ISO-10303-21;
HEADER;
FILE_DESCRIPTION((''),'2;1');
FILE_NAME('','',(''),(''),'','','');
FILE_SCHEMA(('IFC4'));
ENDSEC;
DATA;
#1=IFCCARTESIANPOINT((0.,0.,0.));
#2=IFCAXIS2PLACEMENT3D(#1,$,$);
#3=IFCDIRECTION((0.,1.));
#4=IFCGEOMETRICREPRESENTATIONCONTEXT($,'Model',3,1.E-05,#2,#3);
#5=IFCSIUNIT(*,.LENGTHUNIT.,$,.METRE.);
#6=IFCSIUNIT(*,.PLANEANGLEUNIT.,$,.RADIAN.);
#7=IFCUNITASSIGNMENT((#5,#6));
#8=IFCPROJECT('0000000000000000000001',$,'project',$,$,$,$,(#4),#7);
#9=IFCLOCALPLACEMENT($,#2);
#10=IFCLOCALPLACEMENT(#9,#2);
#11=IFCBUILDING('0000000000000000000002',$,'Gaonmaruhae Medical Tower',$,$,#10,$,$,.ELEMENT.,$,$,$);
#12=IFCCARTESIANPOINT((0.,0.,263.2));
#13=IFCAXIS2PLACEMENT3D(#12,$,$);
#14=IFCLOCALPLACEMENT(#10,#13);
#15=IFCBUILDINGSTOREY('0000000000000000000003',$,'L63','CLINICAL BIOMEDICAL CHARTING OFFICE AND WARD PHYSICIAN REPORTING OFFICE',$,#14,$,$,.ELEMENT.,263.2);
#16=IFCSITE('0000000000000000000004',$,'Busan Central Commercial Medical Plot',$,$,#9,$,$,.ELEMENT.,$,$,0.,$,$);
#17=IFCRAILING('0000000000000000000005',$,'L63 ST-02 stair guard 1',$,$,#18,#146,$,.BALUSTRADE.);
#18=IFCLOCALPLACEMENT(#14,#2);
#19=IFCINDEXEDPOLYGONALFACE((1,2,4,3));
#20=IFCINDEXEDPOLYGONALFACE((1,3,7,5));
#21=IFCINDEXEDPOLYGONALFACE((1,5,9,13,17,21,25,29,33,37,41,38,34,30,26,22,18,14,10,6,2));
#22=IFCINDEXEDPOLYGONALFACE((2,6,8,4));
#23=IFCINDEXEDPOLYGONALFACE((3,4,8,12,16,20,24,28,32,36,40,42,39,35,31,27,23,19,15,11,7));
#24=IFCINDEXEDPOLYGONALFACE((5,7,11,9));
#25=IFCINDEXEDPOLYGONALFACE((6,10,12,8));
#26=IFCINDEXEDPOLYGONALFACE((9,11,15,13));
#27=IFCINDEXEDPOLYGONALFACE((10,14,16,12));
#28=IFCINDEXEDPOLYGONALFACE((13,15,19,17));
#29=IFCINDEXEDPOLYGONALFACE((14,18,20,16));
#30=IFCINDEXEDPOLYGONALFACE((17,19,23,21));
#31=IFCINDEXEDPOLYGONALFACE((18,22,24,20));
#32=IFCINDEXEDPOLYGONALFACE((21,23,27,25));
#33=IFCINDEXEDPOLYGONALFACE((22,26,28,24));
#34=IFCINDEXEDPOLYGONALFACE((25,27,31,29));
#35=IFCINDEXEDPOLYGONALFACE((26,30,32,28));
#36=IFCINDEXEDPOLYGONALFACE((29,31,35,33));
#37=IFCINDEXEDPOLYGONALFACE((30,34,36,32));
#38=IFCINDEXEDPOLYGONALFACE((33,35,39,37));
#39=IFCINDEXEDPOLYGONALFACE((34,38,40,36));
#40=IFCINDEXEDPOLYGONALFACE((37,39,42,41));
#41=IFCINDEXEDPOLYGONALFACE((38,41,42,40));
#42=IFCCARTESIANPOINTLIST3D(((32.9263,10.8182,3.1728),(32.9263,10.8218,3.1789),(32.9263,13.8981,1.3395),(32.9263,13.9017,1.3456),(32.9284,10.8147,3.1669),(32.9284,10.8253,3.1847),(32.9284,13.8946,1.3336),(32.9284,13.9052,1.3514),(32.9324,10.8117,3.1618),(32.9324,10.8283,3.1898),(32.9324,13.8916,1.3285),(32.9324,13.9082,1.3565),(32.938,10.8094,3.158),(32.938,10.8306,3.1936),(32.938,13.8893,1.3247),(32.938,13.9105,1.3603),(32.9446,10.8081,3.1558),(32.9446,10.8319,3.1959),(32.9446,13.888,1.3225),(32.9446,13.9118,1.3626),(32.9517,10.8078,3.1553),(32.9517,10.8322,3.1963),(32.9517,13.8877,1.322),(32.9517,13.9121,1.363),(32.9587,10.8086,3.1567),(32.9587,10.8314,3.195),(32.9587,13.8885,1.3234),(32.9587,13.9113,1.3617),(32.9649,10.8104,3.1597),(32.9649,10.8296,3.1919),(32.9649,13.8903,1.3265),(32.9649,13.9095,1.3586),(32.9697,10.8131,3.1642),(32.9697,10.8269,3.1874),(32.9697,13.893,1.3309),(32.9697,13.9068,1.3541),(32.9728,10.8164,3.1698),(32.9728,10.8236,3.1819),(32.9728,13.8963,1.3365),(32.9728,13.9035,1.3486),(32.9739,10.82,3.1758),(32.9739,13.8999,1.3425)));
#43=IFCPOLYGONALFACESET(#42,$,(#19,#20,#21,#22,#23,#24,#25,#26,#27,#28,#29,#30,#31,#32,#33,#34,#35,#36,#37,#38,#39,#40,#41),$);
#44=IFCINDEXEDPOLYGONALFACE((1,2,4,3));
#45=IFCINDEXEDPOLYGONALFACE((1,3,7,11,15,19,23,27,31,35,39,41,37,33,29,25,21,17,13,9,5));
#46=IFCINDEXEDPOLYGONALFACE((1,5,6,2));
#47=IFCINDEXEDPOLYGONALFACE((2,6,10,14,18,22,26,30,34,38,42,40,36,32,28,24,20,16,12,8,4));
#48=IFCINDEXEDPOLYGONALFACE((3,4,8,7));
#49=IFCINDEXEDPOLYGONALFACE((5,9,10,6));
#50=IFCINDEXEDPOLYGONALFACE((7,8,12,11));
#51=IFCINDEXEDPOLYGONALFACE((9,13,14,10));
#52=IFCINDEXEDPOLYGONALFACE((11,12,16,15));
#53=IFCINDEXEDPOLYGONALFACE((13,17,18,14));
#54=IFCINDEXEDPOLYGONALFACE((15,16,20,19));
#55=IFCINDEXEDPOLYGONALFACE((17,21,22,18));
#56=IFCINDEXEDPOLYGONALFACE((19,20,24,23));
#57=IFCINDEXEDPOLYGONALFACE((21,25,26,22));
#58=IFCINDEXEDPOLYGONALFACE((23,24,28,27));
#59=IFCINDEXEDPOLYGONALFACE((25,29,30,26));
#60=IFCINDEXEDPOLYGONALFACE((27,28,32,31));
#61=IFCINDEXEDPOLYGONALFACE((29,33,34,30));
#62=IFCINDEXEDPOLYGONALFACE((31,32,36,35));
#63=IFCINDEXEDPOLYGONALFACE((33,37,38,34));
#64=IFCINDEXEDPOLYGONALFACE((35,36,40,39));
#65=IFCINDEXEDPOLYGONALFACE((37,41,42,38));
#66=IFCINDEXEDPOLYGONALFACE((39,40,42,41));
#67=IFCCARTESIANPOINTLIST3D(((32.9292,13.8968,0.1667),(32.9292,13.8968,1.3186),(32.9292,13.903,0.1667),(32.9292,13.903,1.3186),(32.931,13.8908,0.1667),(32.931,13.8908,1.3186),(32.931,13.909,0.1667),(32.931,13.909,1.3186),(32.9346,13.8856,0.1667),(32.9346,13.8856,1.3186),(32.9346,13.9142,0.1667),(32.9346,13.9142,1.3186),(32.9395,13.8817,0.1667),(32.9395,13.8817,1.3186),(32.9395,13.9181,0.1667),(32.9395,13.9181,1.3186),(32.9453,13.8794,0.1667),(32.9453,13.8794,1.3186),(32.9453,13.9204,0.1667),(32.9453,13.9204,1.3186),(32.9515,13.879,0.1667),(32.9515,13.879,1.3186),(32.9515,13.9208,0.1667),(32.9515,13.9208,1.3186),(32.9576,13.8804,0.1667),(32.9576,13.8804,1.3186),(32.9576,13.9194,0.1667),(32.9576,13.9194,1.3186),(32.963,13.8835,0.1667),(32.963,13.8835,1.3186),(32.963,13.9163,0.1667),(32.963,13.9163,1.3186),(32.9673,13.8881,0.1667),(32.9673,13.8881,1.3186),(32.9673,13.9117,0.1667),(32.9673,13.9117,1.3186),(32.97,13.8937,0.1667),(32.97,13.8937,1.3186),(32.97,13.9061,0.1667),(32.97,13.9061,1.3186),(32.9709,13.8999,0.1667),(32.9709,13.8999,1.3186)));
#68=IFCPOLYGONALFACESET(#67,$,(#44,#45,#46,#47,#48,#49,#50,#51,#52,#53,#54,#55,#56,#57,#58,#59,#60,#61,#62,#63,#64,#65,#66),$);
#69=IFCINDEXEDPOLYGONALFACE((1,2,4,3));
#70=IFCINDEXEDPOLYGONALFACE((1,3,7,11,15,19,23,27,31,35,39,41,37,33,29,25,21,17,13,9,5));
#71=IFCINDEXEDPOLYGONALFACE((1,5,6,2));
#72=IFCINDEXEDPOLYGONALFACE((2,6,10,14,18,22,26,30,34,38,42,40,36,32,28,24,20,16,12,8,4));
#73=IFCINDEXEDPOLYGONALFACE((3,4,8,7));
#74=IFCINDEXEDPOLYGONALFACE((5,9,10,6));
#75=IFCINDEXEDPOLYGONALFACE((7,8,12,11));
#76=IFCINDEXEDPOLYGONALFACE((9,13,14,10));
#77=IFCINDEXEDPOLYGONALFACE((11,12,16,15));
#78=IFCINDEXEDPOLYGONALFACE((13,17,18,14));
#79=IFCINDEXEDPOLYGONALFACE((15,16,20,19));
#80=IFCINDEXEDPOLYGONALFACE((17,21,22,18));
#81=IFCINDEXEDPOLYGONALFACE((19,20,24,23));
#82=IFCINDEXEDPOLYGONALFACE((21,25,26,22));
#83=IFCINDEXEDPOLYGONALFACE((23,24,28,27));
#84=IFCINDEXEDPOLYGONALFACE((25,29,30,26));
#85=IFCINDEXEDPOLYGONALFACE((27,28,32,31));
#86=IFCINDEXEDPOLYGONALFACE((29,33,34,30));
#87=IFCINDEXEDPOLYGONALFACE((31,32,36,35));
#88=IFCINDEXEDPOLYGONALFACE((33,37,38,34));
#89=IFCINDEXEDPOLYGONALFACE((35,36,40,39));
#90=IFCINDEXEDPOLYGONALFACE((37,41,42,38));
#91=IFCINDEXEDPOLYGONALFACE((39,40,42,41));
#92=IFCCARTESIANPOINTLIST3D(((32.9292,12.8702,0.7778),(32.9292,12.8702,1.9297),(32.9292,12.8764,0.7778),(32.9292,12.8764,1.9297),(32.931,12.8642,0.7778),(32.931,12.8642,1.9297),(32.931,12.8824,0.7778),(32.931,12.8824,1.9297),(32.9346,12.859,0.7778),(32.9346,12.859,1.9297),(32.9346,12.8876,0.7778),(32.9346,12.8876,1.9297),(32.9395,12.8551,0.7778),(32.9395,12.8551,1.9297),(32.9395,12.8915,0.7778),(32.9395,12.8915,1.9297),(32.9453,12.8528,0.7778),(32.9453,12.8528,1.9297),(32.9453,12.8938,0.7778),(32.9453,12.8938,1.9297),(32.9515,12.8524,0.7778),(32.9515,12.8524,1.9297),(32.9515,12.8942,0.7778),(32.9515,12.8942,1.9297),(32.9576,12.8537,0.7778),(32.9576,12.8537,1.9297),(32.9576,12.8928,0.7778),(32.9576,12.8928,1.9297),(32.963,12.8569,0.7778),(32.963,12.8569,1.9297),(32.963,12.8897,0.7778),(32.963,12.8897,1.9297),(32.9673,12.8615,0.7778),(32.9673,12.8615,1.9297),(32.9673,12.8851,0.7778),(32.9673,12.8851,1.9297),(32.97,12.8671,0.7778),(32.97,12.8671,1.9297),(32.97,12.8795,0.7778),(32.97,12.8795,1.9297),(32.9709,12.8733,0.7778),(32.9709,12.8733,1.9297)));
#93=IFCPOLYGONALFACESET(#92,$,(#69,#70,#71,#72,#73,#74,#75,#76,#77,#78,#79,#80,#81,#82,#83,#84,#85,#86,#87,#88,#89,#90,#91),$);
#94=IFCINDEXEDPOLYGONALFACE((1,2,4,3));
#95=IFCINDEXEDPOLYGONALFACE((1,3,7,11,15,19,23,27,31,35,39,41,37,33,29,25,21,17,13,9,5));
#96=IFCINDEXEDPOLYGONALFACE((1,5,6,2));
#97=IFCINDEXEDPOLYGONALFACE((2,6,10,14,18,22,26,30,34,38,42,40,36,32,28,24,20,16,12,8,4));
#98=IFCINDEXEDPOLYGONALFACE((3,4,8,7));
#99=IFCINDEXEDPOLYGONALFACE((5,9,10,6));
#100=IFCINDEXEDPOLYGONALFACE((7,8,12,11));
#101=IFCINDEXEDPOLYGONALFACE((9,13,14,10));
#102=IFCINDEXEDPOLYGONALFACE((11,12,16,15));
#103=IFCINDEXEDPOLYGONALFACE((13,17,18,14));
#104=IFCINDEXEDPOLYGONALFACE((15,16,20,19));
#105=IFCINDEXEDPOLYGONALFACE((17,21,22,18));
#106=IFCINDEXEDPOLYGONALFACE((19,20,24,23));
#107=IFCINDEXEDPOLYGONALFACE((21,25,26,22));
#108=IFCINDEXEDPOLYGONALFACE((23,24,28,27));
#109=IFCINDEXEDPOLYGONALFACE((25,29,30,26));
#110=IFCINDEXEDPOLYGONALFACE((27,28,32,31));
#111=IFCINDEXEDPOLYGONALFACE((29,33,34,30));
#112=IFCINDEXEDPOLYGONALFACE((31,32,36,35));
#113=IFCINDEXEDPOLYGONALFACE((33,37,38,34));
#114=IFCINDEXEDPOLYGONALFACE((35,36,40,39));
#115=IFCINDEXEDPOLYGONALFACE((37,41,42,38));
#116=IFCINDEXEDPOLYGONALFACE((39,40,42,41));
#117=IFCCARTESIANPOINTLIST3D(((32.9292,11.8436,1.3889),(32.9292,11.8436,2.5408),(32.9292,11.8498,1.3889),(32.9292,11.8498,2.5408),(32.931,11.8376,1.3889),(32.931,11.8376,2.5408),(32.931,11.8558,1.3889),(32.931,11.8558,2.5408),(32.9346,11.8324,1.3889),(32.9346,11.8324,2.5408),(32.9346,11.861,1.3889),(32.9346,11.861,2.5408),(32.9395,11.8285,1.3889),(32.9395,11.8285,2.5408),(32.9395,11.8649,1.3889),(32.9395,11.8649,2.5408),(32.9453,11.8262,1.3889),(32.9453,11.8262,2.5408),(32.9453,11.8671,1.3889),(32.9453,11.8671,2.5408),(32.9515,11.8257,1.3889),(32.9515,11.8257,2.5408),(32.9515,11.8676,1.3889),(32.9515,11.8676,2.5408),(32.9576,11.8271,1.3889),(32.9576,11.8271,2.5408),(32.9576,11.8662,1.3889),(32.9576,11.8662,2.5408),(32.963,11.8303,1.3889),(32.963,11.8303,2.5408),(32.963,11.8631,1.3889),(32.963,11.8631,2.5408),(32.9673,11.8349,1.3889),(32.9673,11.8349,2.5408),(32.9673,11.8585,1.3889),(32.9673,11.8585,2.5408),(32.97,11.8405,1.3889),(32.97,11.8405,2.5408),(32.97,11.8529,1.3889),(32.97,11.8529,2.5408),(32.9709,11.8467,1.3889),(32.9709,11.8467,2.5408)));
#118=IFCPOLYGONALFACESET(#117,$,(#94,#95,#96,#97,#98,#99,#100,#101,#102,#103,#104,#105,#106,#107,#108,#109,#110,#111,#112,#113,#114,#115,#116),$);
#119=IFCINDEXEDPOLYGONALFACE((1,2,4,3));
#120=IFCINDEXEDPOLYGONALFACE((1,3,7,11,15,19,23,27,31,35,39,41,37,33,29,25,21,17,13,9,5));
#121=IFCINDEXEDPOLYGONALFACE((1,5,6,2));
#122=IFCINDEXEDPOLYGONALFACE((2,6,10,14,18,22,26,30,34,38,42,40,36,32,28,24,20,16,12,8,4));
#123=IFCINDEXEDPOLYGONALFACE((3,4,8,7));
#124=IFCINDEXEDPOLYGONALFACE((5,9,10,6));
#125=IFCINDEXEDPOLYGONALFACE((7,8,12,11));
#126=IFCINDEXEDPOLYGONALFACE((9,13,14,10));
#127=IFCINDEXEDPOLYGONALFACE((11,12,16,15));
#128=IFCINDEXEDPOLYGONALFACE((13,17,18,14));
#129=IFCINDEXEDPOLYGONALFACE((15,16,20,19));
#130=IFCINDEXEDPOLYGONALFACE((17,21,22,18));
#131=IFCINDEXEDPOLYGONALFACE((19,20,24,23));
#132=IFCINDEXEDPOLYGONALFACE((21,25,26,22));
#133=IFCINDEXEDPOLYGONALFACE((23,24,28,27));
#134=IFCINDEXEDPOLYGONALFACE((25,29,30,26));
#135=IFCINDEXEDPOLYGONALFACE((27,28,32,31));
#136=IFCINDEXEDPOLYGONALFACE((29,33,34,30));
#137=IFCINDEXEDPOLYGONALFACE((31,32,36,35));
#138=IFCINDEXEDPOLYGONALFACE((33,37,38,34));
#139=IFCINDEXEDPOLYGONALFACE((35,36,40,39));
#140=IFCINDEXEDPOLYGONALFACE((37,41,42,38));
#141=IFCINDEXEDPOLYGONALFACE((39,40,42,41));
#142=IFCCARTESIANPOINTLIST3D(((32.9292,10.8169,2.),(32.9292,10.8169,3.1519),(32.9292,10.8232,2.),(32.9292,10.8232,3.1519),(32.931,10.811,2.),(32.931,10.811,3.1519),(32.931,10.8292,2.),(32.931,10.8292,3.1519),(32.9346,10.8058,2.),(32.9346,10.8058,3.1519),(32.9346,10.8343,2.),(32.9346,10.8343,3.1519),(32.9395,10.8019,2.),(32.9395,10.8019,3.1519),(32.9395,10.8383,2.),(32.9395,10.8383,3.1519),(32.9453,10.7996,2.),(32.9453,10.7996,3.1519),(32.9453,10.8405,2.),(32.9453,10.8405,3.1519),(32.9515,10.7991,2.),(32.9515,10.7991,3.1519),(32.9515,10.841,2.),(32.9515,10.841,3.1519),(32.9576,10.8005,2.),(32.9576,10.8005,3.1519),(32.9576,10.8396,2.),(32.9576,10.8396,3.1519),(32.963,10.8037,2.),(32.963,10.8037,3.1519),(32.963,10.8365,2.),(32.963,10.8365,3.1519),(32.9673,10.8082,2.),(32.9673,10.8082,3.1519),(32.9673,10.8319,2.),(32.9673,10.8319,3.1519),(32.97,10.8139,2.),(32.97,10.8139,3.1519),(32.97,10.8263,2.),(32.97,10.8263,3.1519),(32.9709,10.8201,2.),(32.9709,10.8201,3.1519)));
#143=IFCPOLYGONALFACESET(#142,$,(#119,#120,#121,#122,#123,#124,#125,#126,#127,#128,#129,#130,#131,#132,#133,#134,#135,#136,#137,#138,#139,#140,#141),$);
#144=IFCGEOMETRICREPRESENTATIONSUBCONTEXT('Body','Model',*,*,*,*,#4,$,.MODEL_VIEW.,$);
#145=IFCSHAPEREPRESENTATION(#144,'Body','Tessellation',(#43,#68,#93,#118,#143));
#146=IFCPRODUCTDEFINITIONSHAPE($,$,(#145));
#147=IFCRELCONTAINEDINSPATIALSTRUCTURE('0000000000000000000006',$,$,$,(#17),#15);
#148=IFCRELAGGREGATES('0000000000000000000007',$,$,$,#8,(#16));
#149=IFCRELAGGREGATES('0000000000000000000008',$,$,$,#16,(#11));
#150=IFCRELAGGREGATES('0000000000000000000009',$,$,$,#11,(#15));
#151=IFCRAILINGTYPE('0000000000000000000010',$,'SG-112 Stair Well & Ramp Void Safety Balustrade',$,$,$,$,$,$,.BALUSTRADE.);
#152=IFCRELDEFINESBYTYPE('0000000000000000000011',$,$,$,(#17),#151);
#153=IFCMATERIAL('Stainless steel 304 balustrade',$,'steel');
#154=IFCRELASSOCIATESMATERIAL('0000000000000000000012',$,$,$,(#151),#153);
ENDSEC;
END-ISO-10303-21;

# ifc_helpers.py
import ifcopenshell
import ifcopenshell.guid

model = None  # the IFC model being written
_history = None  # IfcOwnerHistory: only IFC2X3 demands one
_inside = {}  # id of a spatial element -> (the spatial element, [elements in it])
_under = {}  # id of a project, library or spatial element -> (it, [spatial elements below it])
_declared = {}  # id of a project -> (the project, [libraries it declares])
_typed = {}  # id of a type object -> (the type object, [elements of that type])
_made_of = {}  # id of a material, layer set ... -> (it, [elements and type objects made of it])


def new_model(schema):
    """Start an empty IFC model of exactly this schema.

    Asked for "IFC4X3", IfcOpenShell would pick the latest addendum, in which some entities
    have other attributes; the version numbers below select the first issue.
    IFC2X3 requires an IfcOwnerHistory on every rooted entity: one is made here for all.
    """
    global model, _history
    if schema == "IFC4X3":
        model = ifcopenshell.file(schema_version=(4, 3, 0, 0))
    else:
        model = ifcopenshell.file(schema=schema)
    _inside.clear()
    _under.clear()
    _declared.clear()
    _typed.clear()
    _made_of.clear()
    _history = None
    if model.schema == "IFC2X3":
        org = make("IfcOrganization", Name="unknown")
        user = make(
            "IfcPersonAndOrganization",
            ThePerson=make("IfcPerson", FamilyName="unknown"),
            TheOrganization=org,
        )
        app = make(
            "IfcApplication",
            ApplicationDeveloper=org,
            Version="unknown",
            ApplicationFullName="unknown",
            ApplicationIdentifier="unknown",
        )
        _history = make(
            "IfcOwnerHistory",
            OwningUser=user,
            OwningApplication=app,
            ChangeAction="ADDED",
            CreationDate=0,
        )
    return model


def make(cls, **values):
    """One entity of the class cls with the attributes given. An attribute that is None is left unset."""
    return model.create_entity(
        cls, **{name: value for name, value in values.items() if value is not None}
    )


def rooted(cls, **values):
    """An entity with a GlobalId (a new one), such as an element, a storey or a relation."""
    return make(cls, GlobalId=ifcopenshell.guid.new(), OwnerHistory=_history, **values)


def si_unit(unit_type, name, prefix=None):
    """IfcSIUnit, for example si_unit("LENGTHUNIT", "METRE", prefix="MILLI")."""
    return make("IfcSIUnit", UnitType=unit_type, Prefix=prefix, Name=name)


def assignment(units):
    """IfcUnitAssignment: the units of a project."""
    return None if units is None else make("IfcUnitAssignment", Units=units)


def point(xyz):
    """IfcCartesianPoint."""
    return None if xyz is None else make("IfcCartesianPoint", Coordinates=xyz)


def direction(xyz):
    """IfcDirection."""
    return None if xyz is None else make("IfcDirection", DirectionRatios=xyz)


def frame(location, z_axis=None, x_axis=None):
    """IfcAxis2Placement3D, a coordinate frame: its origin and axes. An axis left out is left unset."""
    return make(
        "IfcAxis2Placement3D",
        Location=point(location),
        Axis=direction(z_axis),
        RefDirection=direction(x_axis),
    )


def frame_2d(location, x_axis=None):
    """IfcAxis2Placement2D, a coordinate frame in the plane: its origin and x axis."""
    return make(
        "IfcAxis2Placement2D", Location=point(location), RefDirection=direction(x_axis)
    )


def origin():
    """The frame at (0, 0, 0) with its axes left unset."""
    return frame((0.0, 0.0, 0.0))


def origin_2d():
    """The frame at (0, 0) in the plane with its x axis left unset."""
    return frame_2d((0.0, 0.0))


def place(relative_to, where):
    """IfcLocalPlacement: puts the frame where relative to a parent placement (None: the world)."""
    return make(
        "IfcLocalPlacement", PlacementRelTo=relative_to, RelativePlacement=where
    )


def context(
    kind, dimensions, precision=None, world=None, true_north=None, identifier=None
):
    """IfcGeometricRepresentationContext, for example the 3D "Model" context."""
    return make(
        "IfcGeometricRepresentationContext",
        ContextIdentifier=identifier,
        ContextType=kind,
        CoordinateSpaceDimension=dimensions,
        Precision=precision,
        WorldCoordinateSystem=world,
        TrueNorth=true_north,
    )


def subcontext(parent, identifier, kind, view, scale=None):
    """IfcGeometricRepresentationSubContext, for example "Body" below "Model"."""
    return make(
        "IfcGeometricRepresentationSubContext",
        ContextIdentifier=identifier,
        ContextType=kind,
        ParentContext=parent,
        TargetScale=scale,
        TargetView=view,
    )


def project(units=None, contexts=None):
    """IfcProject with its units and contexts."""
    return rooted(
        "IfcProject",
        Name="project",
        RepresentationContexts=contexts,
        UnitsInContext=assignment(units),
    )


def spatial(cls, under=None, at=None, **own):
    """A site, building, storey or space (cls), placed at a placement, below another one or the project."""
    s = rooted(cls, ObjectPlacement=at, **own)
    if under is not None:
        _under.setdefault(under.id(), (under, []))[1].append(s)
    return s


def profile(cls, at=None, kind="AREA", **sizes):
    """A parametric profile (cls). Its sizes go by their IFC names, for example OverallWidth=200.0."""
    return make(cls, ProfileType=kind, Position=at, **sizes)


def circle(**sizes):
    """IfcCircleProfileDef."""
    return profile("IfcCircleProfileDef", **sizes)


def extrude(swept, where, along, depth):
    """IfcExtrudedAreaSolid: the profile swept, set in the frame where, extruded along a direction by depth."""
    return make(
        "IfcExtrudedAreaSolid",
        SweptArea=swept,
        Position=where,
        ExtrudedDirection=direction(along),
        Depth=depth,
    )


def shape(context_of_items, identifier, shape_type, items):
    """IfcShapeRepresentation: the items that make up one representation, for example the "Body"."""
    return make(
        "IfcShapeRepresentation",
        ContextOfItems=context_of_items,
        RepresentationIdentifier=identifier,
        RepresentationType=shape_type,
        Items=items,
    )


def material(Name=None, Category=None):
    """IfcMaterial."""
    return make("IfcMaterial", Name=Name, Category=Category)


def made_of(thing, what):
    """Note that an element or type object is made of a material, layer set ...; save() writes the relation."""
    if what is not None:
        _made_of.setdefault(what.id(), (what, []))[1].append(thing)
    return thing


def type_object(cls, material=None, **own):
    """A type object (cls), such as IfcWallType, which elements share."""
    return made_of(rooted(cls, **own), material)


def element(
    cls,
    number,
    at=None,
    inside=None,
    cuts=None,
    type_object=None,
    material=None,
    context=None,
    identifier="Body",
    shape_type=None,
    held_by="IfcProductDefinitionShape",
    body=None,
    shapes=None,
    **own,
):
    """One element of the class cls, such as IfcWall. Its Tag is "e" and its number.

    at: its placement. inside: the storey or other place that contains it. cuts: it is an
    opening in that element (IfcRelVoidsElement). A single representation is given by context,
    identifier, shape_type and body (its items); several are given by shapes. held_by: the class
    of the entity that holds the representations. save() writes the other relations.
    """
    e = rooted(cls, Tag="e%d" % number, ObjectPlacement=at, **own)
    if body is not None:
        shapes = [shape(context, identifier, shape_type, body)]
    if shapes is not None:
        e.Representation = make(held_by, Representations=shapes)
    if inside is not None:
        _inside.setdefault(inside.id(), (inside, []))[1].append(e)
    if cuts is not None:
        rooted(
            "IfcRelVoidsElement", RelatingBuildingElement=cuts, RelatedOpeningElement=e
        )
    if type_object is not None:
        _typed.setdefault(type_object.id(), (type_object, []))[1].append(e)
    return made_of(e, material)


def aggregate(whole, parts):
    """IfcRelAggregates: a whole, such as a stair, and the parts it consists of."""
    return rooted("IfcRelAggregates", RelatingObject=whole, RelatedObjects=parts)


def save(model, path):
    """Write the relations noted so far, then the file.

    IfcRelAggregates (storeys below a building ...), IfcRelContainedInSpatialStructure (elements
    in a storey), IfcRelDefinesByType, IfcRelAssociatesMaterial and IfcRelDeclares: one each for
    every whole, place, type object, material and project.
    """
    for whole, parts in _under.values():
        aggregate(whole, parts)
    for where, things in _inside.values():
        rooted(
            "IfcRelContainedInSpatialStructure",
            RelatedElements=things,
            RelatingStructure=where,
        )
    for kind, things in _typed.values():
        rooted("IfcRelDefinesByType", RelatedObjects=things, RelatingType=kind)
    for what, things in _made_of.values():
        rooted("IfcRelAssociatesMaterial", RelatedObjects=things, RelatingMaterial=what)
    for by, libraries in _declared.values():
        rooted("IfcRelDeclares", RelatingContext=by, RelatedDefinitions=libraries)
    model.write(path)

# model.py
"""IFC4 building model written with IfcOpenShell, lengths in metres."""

from ifc_helpers import new_model, si_unit, direction, frame, origin, origin_2d, place, context, subcontext, project, spatial, circle, extrude, material, type_object, element, save


model = new_model("IFC4")

# Units and contexts
model_context = context("Model", 3, precision=1e-05, world=origin(), true_north=direction((0.0, 1.0)))
body_context = subcontext(model_context, "Body", "Model", "MODEL_VIEW")
ifc_project = project(units=[si_unit("LENGTHUNIT", "METRE"), si_unit("PLANEANGLEUNIT", "RADIAN")], contexts=[model_context])

# Site, building, storey
site_placement = place(None, origin())
site = spatial("IfcSite", under=ifc_project, at=site_placement, Name="Busan Central Commercial Medical Plot", CompositionType="ELEMENT", RefElevation=0.0)
building_placement = place(site_placement, origin())
building = spatial("IfcBuilding", under=site, at=building_placement, Name="Gaonmaruhae Medical Tower", CompositionType="ELEMENT")
storey_placement = place(building_placement, frame((0.0, 0.0, 263.2)))
storey = spatial("IfcBuildingStorey", under=building, at=storey_placement, Name="L63", Description="CLINICAL BIOMEDICAL CHARTING OFFICE AND WARD PHYSICIAN REPORTING OFFICE", CompositionType="ELEMENT", Elevation=263.2)

# Railing
ifc_material_1 = material(Name="Stainless steel 304 balustrade", Category="steel")
railing_type_1 = type_object("IfcRailingType", Name="SG-112 Stair Well & Ramp Void Safety Balustrade", PredefinedType="BALUSTRADE", material=ifc_material_1)
railing_1_placement = place(storey_placement, frame((32.95, 13.8999, 0.1667)))
element("IfcRailing", 1, at=railing_1_placement, inside=storey, type_object=railing_type_1, Name="L63 ST-02 stair guard 1", PredefinedType="BALUSTRADE", context=body_context, shape_type="SweptSolid", body=[
    extrude(circle(Radius=0.0239, at=origin_2d()), frame((0.0, 0.0, 1.1758), z_axis=(0.0, -0.859291, 0.511487), x_axis=(1.0, 0.0, 0.0)), (0.0, 0.0, 1.0), 3.5842),
    extrude(circle(Radius=0.021, at=origin_2d()), origin(), (0.0, 0.0, 1.0), 1.1519),
    extrude(circle(Radius=0.021, at=origin_2d()), frame((0.0, -1.0266, 0.6111)), (0.0, 0.0, 1.0), 1.1519),
    extrude(circle(Radius=0.021, at=origin_2d()), frame((0.0, -2.0532, 1.2222)), (0.0, 0.0, 1.0), 1.1519),
    extrude(circle(Radius=0.021, at=origin_2d()), frame((0.0, -3.0798, 1.8333)), (0.0, 0.0, 1.0), 1.1519),
])

save(model, "model.ifc")
